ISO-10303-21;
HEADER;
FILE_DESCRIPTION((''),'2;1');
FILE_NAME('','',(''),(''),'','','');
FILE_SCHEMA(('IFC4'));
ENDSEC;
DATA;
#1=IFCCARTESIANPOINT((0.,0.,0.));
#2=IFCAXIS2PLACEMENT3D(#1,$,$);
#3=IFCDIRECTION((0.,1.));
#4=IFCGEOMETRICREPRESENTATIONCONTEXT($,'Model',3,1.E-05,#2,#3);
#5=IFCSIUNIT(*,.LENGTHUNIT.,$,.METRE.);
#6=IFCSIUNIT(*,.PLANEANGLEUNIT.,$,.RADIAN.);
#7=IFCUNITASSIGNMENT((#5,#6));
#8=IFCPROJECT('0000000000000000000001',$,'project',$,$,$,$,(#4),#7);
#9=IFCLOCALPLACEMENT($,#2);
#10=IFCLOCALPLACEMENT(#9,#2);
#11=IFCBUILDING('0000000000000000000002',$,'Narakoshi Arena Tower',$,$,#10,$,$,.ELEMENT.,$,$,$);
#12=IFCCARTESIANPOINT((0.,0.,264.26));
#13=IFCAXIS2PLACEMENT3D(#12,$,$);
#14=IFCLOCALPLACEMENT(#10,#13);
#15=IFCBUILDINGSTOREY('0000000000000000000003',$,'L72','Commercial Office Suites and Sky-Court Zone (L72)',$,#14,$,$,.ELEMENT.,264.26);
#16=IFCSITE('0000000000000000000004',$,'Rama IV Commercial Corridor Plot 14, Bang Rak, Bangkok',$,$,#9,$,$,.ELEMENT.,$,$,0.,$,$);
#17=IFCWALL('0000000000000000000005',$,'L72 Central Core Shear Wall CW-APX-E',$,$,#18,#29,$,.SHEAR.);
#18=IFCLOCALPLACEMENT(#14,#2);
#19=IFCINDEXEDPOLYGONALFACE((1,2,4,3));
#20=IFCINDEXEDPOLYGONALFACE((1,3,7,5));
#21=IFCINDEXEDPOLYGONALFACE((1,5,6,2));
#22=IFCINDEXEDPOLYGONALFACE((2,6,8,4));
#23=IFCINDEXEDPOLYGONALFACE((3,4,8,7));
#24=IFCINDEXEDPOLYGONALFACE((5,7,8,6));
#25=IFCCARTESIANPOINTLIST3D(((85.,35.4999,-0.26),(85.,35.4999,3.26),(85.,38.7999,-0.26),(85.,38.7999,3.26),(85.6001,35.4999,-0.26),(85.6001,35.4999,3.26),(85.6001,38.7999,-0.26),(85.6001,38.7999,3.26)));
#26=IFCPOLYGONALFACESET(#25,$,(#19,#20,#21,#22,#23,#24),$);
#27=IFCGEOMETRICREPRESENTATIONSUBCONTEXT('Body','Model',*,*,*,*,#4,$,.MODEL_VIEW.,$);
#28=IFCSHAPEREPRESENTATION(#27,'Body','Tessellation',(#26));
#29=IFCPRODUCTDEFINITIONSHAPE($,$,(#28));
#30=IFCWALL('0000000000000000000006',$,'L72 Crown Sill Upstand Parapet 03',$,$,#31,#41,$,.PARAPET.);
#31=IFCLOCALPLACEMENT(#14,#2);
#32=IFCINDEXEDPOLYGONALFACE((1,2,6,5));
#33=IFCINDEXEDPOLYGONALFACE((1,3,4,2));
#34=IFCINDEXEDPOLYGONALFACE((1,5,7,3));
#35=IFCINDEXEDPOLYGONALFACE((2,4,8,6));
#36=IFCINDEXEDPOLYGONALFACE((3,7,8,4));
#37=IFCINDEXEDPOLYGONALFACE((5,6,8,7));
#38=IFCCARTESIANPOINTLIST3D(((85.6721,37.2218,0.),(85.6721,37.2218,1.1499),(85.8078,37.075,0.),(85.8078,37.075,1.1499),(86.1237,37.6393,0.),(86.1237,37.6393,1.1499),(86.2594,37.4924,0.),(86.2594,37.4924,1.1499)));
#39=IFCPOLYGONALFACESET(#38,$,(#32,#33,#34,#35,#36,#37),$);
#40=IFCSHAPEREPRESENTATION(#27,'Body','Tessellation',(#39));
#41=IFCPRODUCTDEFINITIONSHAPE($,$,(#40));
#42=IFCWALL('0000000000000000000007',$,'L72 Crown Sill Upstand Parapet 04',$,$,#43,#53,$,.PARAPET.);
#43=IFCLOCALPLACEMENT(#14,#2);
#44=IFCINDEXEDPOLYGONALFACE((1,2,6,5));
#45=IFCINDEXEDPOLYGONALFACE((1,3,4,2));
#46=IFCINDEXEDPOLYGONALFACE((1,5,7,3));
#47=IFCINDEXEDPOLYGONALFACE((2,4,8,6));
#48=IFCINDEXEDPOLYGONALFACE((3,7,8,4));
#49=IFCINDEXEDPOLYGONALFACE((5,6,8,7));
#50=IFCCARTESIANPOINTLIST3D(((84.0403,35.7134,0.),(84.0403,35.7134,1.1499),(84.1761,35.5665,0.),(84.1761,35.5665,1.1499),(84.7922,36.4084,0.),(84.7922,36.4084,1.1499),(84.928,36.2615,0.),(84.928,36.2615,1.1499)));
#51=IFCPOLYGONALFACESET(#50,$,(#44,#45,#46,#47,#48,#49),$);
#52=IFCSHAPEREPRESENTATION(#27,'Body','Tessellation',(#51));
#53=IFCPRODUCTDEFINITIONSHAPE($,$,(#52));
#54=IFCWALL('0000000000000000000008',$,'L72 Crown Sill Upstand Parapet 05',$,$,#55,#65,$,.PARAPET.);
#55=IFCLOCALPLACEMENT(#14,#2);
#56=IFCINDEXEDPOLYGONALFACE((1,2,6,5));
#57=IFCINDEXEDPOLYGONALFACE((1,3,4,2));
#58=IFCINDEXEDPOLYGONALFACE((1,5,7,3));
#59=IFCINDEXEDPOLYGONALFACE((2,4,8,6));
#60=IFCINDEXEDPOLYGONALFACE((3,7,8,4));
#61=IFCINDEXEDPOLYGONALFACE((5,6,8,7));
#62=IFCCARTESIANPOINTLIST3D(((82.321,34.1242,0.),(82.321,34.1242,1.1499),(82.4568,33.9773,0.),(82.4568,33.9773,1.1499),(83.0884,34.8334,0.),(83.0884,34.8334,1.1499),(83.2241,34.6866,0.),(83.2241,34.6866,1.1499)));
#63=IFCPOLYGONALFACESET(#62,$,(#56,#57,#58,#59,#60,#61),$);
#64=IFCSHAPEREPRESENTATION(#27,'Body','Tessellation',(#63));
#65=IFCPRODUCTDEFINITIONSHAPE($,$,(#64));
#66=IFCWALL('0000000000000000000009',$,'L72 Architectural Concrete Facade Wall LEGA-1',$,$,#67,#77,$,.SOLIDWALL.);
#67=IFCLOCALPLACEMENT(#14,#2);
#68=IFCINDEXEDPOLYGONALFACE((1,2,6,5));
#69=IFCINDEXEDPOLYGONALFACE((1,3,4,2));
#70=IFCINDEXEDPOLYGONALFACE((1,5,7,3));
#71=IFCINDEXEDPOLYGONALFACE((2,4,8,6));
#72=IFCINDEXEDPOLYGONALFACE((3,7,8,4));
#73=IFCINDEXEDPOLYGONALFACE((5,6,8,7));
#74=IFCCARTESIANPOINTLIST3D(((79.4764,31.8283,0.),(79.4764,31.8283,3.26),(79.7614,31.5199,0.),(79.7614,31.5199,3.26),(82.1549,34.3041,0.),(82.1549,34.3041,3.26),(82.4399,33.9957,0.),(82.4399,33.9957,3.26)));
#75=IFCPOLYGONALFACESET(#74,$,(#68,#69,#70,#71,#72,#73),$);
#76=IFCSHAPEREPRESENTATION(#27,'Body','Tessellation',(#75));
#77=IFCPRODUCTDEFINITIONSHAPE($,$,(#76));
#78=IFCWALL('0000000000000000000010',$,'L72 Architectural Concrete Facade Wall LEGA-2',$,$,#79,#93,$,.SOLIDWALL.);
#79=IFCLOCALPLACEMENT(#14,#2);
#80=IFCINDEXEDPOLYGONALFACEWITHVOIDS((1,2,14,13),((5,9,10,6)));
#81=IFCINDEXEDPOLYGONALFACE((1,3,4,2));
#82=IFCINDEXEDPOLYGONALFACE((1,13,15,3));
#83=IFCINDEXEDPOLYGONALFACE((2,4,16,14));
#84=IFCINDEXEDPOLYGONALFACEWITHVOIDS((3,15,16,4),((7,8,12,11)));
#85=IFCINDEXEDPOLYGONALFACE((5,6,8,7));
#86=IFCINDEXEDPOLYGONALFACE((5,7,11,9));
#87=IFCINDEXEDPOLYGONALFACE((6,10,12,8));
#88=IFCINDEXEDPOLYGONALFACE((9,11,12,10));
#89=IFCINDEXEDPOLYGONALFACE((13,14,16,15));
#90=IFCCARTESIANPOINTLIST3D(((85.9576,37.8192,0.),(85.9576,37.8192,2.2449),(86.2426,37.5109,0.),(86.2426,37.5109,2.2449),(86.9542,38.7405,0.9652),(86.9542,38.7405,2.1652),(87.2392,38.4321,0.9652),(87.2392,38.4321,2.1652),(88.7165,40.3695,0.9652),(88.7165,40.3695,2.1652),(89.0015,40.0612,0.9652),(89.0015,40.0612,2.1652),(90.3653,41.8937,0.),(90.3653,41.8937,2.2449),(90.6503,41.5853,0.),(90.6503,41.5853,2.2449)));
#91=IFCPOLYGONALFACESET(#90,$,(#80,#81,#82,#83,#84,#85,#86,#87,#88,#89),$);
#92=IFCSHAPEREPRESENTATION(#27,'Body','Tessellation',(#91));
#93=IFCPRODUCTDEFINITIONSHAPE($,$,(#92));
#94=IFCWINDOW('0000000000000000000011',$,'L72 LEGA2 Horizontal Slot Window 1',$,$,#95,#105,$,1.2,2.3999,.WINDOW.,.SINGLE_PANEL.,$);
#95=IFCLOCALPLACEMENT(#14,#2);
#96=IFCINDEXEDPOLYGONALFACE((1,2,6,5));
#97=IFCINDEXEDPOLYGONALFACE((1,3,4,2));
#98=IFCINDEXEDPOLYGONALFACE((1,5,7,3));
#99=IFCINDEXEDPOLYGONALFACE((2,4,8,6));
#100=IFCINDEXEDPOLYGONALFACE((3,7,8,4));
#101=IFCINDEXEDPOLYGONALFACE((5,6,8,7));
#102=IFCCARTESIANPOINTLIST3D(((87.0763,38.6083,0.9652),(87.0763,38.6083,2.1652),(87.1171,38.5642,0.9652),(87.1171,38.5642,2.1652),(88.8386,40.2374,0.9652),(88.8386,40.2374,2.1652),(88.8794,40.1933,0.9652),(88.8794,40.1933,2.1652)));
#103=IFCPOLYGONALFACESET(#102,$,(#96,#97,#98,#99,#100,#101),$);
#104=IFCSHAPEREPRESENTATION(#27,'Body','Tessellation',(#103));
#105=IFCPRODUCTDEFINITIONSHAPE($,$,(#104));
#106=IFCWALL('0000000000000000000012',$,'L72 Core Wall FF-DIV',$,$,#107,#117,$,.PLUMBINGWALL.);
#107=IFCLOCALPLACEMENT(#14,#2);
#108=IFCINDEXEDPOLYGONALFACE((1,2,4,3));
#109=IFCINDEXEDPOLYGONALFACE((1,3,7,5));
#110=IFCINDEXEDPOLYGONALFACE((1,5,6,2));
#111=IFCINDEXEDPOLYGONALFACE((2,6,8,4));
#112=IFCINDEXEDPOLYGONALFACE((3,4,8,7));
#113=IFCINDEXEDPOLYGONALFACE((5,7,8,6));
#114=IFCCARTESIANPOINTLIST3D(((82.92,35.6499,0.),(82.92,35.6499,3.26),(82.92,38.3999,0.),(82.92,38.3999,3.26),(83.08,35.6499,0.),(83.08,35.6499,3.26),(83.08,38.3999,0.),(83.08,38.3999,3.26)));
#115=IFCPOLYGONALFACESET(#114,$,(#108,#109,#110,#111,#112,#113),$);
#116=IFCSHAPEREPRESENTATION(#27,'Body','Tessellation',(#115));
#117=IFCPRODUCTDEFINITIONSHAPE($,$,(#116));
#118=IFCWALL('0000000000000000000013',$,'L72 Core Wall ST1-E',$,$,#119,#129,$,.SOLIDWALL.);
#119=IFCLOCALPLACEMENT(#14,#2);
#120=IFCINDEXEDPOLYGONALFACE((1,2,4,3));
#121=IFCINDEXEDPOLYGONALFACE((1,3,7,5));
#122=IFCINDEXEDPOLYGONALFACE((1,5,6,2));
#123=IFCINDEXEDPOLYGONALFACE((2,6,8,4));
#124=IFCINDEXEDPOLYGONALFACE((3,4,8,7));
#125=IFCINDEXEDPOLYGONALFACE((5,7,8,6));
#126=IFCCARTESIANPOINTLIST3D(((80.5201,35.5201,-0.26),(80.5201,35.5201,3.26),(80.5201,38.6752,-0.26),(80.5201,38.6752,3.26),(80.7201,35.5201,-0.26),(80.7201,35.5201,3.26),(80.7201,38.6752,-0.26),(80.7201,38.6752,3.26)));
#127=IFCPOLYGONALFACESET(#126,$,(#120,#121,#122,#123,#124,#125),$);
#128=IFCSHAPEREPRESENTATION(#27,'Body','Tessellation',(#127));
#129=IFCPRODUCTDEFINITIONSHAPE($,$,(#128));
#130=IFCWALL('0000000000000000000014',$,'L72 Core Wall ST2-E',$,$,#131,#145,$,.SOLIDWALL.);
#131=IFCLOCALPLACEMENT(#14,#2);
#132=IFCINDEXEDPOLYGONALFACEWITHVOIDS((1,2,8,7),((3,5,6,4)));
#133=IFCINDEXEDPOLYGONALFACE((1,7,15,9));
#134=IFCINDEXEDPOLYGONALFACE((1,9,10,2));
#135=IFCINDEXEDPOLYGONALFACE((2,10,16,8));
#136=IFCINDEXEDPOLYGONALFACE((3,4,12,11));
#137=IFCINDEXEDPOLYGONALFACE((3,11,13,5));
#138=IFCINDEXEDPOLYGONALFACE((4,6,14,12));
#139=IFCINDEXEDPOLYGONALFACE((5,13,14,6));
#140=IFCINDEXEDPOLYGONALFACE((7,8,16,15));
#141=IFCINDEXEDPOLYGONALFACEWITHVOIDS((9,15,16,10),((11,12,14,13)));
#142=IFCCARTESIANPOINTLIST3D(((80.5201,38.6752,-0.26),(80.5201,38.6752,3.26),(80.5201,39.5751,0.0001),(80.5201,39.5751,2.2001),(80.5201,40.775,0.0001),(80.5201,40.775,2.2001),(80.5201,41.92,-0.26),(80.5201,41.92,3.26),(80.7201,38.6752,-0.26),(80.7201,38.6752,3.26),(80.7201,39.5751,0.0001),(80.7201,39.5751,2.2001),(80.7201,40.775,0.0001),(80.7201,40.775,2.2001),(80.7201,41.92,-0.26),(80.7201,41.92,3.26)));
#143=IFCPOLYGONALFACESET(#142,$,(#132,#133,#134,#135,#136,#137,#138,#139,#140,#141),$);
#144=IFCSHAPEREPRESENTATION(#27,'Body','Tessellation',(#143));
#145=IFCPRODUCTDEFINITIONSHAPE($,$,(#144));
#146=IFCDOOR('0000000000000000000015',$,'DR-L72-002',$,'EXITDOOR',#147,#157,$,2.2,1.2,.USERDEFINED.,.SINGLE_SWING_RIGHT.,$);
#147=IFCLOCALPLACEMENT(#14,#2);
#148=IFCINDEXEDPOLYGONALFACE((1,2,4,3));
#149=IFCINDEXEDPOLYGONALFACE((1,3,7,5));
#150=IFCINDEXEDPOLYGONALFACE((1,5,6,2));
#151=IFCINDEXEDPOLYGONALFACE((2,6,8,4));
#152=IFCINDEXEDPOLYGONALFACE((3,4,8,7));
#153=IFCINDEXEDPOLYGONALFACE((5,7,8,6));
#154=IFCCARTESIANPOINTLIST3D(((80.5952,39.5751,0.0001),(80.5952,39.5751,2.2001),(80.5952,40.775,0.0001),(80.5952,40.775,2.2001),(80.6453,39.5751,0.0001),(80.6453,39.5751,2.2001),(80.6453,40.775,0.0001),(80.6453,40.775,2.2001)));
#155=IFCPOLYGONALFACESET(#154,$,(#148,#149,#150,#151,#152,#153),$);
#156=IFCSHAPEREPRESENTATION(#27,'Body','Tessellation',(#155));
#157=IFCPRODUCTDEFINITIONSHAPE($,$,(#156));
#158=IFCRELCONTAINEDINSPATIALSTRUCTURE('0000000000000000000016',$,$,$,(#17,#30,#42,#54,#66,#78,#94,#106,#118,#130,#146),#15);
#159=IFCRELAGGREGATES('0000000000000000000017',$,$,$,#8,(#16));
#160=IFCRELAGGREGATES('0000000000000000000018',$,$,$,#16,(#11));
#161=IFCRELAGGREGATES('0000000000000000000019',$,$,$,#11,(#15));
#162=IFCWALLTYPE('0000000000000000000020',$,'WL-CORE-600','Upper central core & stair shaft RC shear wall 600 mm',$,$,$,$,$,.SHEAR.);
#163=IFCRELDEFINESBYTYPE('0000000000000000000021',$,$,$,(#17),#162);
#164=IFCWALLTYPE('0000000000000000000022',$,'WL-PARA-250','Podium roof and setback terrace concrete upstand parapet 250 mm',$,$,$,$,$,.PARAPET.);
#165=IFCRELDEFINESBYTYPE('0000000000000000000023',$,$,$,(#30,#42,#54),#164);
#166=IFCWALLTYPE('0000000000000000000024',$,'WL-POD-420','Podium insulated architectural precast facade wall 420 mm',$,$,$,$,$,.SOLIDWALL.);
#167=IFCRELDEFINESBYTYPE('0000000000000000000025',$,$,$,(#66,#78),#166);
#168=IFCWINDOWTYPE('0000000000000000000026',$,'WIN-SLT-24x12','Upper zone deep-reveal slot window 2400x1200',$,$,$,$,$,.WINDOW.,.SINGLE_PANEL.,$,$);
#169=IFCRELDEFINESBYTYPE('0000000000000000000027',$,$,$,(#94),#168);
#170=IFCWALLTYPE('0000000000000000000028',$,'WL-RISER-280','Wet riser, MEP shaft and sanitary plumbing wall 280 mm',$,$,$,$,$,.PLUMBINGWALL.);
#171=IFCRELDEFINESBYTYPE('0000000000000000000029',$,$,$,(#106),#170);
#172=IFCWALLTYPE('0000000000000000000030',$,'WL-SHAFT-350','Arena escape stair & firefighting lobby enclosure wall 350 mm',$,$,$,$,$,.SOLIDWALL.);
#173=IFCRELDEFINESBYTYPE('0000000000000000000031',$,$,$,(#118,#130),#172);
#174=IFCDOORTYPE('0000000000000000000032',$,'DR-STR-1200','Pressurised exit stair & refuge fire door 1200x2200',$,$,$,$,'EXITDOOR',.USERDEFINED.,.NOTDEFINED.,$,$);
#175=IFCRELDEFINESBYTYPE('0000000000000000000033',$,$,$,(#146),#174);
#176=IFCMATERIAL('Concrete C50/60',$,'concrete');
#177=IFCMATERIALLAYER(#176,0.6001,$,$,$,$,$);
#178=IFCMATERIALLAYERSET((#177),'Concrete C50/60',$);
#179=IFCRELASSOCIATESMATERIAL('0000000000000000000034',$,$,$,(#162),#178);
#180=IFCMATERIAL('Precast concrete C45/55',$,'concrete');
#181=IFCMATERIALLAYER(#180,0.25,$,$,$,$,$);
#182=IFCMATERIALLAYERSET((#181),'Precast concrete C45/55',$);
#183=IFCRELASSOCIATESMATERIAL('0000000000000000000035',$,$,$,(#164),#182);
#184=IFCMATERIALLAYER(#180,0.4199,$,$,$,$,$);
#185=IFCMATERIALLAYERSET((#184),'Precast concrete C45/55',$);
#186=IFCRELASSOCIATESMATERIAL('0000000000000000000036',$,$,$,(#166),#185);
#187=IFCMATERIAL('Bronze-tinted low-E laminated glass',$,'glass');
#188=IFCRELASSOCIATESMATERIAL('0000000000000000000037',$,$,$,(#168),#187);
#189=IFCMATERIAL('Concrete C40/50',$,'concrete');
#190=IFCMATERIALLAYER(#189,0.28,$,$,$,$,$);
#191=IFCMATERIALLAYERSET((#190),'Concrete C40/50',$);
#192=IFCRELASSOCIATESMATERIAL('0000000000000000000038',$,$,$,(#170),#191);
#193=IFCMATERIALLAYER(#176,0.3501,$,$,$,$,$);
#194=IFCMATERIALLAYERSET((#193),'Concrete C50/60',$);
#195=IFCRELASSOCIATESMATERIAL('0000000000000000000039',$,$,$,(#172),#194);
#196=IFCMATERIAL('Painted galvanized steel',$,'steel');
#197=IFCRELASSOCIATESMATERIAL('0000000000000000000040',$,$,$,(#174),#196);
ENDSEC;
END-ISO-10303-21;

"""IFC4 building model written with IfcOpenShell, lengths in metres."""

from ifc_helpers import new_model, si_unit, direction, frame, frame_2d, origin, place, context, subcontext, project, spatial, rectangle, extrude, material, layer, layer_set, type_object, element, fill, save


model = new_model("IFC4")

# Units and contexts
model_context = context("Model", 3, precision=1e-05, world=origin(), true_north=direction((0.0, 1.0)))
body_context = subcontext(model_context, "Body", "Model", "MODEL_VIEW")
ifc_project = project(units=[si_unit("LENGTHUNIT", "METRE"), si_unit("PLANEANGLEUNIT", "RADIAN")], contexts=[model_context])

# Site, building, storey
site_placement = place(None, origin())
site = spatial("IfcSite", under=ifc_project, at=site_placement, Name="Rama IV Commercial Corridor Plot 14, Bang Rak, Bangkok", CompositionType="ELEMENT", RefElevation=0.0)
building_placement = place(site_placement, origin())
building = spatial("IfcBuilding", under=site, at=building_placement, Name="Narakoshi Arena Tower", CompositionType="ELEMENT")
storey_placement = place(building_placement, frame((0.0, 0.0, 264.26)))
storey = spatial("IfcBuildingStorey", under=building, at=storey_placement, Name="L72", Description="Commercial Office Suites and Sky-Court Zone (L72)", CompositionType="ELEMENT", Elevation=264.26)

# Walls
ifc_material_1 = material(Name="Concrete C50/60", Category="concrete")
ifc_layer_1 = layer(ifc_material_1, 0.6001)
ifc_layer_set_1 = layer_set([ifc_layer_1], Name="Concrete C50/60")
wall_type_1 = type_object("IfcWallType", Name="WL-CORE-600", Description="Upper central core & stair shaft RC shear wall 600 mm", PredefinedType="SHEAR", material=ifc_layer_set_1)
wall_1_placement = place(storey_placement, frame((85.3, 35.5, -0.26), z_axis=(0.0, 0.0, 1.0), x_axis=(0.0, 1.0, 0.0)))
element("IfcWall", 1, at=wall_1_placement, inside=storey, type_object=wall_type_1, Name="L72 Central Core Shear Wall CW-APX-E", PredefinedType="SHEAR", context=body_context, shape_type="SweptSolid", body=[
    extrude(rectangle(XDim=3.3, YDim=0.6001, at=frame_2d((1.6499, 0.0))), origin(), (0.0, 0.0, 1.0), 3.52),
])
ifc_material_2 = material(Name="Precast concrete C45/55", Category="concrete")
ifc_layer_2 = layer(ifc_material_2, 0.25)
ifc_layer_set_2 = layer_set([ifc_layer_2], Name="Precast concrete C45/55")
wall_type_2 = type_object("IfcWallType", Name="WL-PARA-250", Description="Podium roof and setback terrace concrete upstand parapet 250 mm", PredefinedType="PARAPET", material=ifc_layer_set_2)
wall_2_placement = place(storey_placement, frame((86.1917, 37.5659, 0.0), z_axis=(0.0, 0.0, 1.0), x_axis=(-0.734347, -0.678775, 0.0)))
element("IfcWall", 2, at=wall_2_placement, inside=storey, type_object=wall_type_2, Name="L72 Crown Sill Upstand Parapet 03", PredefinedType="PARAPET", context=body_context, shape_type="SweptSolid", body=[
    extrude(rectangle(XDim=0.615, YDim=0.2, at=frame_2d((0.3076, 0.0))), origin(), (0.0, 0.0, 1.0), 1.1499),
])
wall_3_placement = place(storey_placement, frame((84.8601, 36.335, 0.0), z_axis=(0.0, 0.0, 1.0), x_axis=(-0.734337, -0.678785, 0.0)))
element("IfcWall", 3, at=wall_3_placement, inside=storey, type_object=wall_type_2, Name="L72 Crown Sill Upstand Parapet 04", PredefinedType="PARAPET", context=body_context, shape_type="SweptSolid", body=[
    extrude(rectangle(XDim=1.0239, YDim=0.2, at=frame_2d((0.512, 0.0))), origin(), (0.0, 0.0, 1.0), 1.1499),
])
wall_4_placement = place(storey_placement, frame((83.1562, 34.76, 0.0), z_axis=(0.0, 0.0, 1.0), x_axis=(-0.734364, -0.678755, 0.0)))
element("IfcWall", 4, at=wall_4_placement, inside=storey, type_object=wall_type_2, Name="L72 Crown Sill Upstand Parapet 05", PredefinedType="PARAPET", context=body_context, shape_type="SweptSolid", body=[
    extrude(rectangle(XDim=1.0449, YDim=0.2, at=frame_2d((0.5225, 0.0))), origin(), (0.0, 0.0, 1.0), 1.1499),
])
ifc_layer_3 = layer(ifc_material_2, 0.4199)
ifc_layer_set_3 = layer_set([ifc_layer_3], Name="Precast concrete C45/55")
wall_type_3 = type_object("IfcWallType", Name="WL-POD-420", Description="Podium insulated architectural precast facade wall 420 mm", PredefinedType="SOLIDWALL", material=ifc_layer_set_3)
wall_5_placement = place(storey_placement, frame((79.6189, 31.6741, 0.0), z_axis=(0.0, 0.0, 1.0), x_axis=(0.734339, 0.678783, 0.0)))
element("IfcWall", 5, at=wall_5_placement, inside=storey, type_object=wall_type_3, Name="L72 Architectural Concrete Facade Wall LEGA-1", PredefinedType="SOLIDWALL", context=body_context, shape_type="SweptSolid", body=[
    extrude(rectangle(XDim=3.6475, YDim=0.4199, at=frame_2d((1.8237, 0.0))), origin(), (0.0, 0.0, 1.0), 3.26),
])

# Wall, opening, window
wall_6_placement = place(storey_placement, frame((86.1001, 37.665, 0.0), z_axis=(0.0, 0.0, 1.0), x_axis=(0.734321, 0.678802, 0.0)))
wall_6 = element("IfcWall", 6, at=wall_6_placement, inside=storey, type_object=wall_type_3, Name="L72 Architectural Concrete Facade Wall LEGA-2", PredefinedType="SOLIDWALL", context=body_context, shape_type="SweptSolid", body=[
    extrude(rectangle(XDim=6.0024, YDim=0.4199, at=frame_2d((3.0012, 0.0))), origin(), (0.0, 0.0, 1.0), 2.2449),
])
opening_1_placement = place(wall_6_placement, frame((1.3572, 0.0, 0.9651)))
opening_1 = element("IfcOpeningElement", 7, at=opening_1_placement, cuts=wall_6, PredefinedType="OPENING", context=body_context, shape_type="SweptSolid", body=[
    extrude(rectangle(XDim=2.3999, YDim=1.2, at=frame_2d((1.2, 0.6001))), frame((0.0, 0.22, 0.0), z_axis=(0.0, -1.0, 0.0), x_axis=(1.0, 0.0, 0.0)), (0.0, 0.0, 1.0), 0.4399),
])
ifc_material_3 = material(Name="Bronze-tinted low-E laminated glass", Category="glass")
window_type = type_object("IfcWindowType", Name="WIN-SLT-24x12", Description="Upper zone deep-reveal slot window 2400x1200", PartitioningType="SINGLE_PANEL", PredefinedType="WINDOW", material=ifc_material_3)
window_placement = place(opening_1_placement, origin())
window = element("IfcWindow", 8, at=window_placement, inside=storey, type_object=window_type, Name="L72 LEGA2 Horizontal Slot Window 1", OverallHeight=1.2, OverallWidth=2.3999, PartitioningType="SINGLE_PANEL", PredefinedType="WINDOW", context=body_context, shape_type="SweptSolid", body=[
    extrude(rectangle(XDim=2.3999, YDim=1.2, at=frame_2d((1.2, 0.6001))), frame((0.0, 0.03, 0.0), z_axis=(0.0, -1.0, 0.0), x_axis=(1.0, 0.0, 0.0)), (0.0, 0.0, 1.0), 0.0601),
])
fill(opening_1, window)

# Walls
ifc_material_4 = material(Name="Concrete C40/50", Category="concrete")
ifc_layer_4 = layer(ifc_material_4, 0.28)
ifc_layer_set_4 = layer_set([ifc_layer_4], Name="Concrete C40/50")
wall_type_4 = type_object("IfcWallType", Name="WL-RISER-280", Description="Wet riser, MEP shaft and sanitary plumbing wall 280 mm", PredefinedType="PLUMBINGWALL", material=ifc_layer_set_4)
wall_7_placement = place(storey_placement, frame((83.0, 35.6499, 0.0), z_axis=(0.0, 0.0, 1.0), x_axis=(0.0, 1.0, 0.0)))
element("IfcWall", 9, at=wall_7_placement, inside=storey, type_object=wall_type_4, Name="L72 Core Wall FF-DIV", PredefinedType="PLUMBINGWALL", context=body_context, shape_type="SweptSolid", body=[
    extrude(rectangle(XDim=2.75, YDim=0.1599, at=frame_2d((1.375, 0.0))), origin(), (0.0, 0.0, 1.0), 3.26),
])
ifc_layer_5 = layer(ifc_material_1, 0.3501)
ifc_layer_set_5 = layer_set([ifc_layer_5], Name="Concrete C50/60")
wall_type_5 = type_object("IfcWallType", Name="WL-SHAFT-350", Description="Arena escape stair & firefighting lobby enclosure wall 350 mm", PredefinedType="SOLIDWALL", material=ifc_layer_set_5)
wall_8_placement = place(storey_placement, frame((80.6201, 35.52, -0.26), z_axis=(0.0, 0.0, 1.0), x_axis=(0.0, 1.0, 0.0)))
element("IfcWall", 10, at=wall_8_placement, inside=storey, type_object=wall_type_5, Name="L72 Core Wall ST1-E", PredefinedType="SOLIDWALL", context=body_context, shape_type="SweptSolid", body=[
    extrude(rectangle(XDim=3.155, YDim=0.2, at=frame_2d((1.5776, 0.0))), origin(), (0.0, 0.0, 1.0), 3.52),
])

# Wall, opening, door
wall_9_placement = place(storey_placement, frame((80.6201, 38.675, -0.26), z_axis=(0.0, 0.0, 1.0), x_axis=(0.0, 1.0, 0.0)))
wall_9 = element("IfcWall", 11, at=wall_9_placement, inside=storey, type_object=wall_type_5, Name="L72 Core Wall ST2-E", PredefinedType="SOLIDWALL", context=body_context, shape_type="SweptSolid", body=[
    extrude(rectangle(XDim=3.2449, YDim=0.2, at=frame_2d((1.6226, 0.0))), origin(), (0.0, 0.0, 1.0), 3.52),
])
opening_2_placement = place(wall_9_placement, frame((0.8999, 0.0, 0.26)))
opening_2 = element("IfcOpeningElement", 12, at=opening_2_placement, cuts=wall_9, PredefinedType="OPENING", context=body_context, shape_type="SweptSolid", body=[
    extrude(rectangle(XDim=1.2, YDim=2.2, at=frame_2d((0.6001, 1.1001))), frame((0.0, 0.1099, 0.0), z_axis=(0.0, -1.0, 0.0), x_axis=(1.0, 0.0, 0.0)), (0.0, 0.0, 1.0), 0.22),
])
ifc_material_5 = material(Name="Painted galvanized steel", Category="steel")
door_type_1 = type_object("IfcDoorType", Name="DR-STR-1200", Description="Pressurised exit stair & refuge fire door 1200x2200", ElementType="EXITDOOR", OperationType="NOTDEFINED", PredefinedType="USERDEFINED", material=ifc_material_5)
door_1_placement = place(opening_2_placement, origin())
door_1 = element("IfcDoor", 13, at=door_1_placement, inside=storey, type_object=door_type_1, Name="DR-L72-002", ObjectType="EXITDOOR", OperationType="SINGLE_SWING_RIGHT", OverallHeight=2.2, OverallWidth=1.2, PredefinedType="USERDEFINED", context=body_context, shape_type="SweptSolid", body=[
    extrude(rectangle(XDim=1.2, YDim=2.2, at=frame_2d((0.6001, 1.1001))), frame((0.0, 0.0249, 0.0), z_axis=(0.0, -1.0, 0.0), x_axis=(1.0, 0.0, 0.0)), (0.0, 0.0, 1.0), 0.05),
])
fill(opening_2, door_1)

save(model, "model.ifc")
